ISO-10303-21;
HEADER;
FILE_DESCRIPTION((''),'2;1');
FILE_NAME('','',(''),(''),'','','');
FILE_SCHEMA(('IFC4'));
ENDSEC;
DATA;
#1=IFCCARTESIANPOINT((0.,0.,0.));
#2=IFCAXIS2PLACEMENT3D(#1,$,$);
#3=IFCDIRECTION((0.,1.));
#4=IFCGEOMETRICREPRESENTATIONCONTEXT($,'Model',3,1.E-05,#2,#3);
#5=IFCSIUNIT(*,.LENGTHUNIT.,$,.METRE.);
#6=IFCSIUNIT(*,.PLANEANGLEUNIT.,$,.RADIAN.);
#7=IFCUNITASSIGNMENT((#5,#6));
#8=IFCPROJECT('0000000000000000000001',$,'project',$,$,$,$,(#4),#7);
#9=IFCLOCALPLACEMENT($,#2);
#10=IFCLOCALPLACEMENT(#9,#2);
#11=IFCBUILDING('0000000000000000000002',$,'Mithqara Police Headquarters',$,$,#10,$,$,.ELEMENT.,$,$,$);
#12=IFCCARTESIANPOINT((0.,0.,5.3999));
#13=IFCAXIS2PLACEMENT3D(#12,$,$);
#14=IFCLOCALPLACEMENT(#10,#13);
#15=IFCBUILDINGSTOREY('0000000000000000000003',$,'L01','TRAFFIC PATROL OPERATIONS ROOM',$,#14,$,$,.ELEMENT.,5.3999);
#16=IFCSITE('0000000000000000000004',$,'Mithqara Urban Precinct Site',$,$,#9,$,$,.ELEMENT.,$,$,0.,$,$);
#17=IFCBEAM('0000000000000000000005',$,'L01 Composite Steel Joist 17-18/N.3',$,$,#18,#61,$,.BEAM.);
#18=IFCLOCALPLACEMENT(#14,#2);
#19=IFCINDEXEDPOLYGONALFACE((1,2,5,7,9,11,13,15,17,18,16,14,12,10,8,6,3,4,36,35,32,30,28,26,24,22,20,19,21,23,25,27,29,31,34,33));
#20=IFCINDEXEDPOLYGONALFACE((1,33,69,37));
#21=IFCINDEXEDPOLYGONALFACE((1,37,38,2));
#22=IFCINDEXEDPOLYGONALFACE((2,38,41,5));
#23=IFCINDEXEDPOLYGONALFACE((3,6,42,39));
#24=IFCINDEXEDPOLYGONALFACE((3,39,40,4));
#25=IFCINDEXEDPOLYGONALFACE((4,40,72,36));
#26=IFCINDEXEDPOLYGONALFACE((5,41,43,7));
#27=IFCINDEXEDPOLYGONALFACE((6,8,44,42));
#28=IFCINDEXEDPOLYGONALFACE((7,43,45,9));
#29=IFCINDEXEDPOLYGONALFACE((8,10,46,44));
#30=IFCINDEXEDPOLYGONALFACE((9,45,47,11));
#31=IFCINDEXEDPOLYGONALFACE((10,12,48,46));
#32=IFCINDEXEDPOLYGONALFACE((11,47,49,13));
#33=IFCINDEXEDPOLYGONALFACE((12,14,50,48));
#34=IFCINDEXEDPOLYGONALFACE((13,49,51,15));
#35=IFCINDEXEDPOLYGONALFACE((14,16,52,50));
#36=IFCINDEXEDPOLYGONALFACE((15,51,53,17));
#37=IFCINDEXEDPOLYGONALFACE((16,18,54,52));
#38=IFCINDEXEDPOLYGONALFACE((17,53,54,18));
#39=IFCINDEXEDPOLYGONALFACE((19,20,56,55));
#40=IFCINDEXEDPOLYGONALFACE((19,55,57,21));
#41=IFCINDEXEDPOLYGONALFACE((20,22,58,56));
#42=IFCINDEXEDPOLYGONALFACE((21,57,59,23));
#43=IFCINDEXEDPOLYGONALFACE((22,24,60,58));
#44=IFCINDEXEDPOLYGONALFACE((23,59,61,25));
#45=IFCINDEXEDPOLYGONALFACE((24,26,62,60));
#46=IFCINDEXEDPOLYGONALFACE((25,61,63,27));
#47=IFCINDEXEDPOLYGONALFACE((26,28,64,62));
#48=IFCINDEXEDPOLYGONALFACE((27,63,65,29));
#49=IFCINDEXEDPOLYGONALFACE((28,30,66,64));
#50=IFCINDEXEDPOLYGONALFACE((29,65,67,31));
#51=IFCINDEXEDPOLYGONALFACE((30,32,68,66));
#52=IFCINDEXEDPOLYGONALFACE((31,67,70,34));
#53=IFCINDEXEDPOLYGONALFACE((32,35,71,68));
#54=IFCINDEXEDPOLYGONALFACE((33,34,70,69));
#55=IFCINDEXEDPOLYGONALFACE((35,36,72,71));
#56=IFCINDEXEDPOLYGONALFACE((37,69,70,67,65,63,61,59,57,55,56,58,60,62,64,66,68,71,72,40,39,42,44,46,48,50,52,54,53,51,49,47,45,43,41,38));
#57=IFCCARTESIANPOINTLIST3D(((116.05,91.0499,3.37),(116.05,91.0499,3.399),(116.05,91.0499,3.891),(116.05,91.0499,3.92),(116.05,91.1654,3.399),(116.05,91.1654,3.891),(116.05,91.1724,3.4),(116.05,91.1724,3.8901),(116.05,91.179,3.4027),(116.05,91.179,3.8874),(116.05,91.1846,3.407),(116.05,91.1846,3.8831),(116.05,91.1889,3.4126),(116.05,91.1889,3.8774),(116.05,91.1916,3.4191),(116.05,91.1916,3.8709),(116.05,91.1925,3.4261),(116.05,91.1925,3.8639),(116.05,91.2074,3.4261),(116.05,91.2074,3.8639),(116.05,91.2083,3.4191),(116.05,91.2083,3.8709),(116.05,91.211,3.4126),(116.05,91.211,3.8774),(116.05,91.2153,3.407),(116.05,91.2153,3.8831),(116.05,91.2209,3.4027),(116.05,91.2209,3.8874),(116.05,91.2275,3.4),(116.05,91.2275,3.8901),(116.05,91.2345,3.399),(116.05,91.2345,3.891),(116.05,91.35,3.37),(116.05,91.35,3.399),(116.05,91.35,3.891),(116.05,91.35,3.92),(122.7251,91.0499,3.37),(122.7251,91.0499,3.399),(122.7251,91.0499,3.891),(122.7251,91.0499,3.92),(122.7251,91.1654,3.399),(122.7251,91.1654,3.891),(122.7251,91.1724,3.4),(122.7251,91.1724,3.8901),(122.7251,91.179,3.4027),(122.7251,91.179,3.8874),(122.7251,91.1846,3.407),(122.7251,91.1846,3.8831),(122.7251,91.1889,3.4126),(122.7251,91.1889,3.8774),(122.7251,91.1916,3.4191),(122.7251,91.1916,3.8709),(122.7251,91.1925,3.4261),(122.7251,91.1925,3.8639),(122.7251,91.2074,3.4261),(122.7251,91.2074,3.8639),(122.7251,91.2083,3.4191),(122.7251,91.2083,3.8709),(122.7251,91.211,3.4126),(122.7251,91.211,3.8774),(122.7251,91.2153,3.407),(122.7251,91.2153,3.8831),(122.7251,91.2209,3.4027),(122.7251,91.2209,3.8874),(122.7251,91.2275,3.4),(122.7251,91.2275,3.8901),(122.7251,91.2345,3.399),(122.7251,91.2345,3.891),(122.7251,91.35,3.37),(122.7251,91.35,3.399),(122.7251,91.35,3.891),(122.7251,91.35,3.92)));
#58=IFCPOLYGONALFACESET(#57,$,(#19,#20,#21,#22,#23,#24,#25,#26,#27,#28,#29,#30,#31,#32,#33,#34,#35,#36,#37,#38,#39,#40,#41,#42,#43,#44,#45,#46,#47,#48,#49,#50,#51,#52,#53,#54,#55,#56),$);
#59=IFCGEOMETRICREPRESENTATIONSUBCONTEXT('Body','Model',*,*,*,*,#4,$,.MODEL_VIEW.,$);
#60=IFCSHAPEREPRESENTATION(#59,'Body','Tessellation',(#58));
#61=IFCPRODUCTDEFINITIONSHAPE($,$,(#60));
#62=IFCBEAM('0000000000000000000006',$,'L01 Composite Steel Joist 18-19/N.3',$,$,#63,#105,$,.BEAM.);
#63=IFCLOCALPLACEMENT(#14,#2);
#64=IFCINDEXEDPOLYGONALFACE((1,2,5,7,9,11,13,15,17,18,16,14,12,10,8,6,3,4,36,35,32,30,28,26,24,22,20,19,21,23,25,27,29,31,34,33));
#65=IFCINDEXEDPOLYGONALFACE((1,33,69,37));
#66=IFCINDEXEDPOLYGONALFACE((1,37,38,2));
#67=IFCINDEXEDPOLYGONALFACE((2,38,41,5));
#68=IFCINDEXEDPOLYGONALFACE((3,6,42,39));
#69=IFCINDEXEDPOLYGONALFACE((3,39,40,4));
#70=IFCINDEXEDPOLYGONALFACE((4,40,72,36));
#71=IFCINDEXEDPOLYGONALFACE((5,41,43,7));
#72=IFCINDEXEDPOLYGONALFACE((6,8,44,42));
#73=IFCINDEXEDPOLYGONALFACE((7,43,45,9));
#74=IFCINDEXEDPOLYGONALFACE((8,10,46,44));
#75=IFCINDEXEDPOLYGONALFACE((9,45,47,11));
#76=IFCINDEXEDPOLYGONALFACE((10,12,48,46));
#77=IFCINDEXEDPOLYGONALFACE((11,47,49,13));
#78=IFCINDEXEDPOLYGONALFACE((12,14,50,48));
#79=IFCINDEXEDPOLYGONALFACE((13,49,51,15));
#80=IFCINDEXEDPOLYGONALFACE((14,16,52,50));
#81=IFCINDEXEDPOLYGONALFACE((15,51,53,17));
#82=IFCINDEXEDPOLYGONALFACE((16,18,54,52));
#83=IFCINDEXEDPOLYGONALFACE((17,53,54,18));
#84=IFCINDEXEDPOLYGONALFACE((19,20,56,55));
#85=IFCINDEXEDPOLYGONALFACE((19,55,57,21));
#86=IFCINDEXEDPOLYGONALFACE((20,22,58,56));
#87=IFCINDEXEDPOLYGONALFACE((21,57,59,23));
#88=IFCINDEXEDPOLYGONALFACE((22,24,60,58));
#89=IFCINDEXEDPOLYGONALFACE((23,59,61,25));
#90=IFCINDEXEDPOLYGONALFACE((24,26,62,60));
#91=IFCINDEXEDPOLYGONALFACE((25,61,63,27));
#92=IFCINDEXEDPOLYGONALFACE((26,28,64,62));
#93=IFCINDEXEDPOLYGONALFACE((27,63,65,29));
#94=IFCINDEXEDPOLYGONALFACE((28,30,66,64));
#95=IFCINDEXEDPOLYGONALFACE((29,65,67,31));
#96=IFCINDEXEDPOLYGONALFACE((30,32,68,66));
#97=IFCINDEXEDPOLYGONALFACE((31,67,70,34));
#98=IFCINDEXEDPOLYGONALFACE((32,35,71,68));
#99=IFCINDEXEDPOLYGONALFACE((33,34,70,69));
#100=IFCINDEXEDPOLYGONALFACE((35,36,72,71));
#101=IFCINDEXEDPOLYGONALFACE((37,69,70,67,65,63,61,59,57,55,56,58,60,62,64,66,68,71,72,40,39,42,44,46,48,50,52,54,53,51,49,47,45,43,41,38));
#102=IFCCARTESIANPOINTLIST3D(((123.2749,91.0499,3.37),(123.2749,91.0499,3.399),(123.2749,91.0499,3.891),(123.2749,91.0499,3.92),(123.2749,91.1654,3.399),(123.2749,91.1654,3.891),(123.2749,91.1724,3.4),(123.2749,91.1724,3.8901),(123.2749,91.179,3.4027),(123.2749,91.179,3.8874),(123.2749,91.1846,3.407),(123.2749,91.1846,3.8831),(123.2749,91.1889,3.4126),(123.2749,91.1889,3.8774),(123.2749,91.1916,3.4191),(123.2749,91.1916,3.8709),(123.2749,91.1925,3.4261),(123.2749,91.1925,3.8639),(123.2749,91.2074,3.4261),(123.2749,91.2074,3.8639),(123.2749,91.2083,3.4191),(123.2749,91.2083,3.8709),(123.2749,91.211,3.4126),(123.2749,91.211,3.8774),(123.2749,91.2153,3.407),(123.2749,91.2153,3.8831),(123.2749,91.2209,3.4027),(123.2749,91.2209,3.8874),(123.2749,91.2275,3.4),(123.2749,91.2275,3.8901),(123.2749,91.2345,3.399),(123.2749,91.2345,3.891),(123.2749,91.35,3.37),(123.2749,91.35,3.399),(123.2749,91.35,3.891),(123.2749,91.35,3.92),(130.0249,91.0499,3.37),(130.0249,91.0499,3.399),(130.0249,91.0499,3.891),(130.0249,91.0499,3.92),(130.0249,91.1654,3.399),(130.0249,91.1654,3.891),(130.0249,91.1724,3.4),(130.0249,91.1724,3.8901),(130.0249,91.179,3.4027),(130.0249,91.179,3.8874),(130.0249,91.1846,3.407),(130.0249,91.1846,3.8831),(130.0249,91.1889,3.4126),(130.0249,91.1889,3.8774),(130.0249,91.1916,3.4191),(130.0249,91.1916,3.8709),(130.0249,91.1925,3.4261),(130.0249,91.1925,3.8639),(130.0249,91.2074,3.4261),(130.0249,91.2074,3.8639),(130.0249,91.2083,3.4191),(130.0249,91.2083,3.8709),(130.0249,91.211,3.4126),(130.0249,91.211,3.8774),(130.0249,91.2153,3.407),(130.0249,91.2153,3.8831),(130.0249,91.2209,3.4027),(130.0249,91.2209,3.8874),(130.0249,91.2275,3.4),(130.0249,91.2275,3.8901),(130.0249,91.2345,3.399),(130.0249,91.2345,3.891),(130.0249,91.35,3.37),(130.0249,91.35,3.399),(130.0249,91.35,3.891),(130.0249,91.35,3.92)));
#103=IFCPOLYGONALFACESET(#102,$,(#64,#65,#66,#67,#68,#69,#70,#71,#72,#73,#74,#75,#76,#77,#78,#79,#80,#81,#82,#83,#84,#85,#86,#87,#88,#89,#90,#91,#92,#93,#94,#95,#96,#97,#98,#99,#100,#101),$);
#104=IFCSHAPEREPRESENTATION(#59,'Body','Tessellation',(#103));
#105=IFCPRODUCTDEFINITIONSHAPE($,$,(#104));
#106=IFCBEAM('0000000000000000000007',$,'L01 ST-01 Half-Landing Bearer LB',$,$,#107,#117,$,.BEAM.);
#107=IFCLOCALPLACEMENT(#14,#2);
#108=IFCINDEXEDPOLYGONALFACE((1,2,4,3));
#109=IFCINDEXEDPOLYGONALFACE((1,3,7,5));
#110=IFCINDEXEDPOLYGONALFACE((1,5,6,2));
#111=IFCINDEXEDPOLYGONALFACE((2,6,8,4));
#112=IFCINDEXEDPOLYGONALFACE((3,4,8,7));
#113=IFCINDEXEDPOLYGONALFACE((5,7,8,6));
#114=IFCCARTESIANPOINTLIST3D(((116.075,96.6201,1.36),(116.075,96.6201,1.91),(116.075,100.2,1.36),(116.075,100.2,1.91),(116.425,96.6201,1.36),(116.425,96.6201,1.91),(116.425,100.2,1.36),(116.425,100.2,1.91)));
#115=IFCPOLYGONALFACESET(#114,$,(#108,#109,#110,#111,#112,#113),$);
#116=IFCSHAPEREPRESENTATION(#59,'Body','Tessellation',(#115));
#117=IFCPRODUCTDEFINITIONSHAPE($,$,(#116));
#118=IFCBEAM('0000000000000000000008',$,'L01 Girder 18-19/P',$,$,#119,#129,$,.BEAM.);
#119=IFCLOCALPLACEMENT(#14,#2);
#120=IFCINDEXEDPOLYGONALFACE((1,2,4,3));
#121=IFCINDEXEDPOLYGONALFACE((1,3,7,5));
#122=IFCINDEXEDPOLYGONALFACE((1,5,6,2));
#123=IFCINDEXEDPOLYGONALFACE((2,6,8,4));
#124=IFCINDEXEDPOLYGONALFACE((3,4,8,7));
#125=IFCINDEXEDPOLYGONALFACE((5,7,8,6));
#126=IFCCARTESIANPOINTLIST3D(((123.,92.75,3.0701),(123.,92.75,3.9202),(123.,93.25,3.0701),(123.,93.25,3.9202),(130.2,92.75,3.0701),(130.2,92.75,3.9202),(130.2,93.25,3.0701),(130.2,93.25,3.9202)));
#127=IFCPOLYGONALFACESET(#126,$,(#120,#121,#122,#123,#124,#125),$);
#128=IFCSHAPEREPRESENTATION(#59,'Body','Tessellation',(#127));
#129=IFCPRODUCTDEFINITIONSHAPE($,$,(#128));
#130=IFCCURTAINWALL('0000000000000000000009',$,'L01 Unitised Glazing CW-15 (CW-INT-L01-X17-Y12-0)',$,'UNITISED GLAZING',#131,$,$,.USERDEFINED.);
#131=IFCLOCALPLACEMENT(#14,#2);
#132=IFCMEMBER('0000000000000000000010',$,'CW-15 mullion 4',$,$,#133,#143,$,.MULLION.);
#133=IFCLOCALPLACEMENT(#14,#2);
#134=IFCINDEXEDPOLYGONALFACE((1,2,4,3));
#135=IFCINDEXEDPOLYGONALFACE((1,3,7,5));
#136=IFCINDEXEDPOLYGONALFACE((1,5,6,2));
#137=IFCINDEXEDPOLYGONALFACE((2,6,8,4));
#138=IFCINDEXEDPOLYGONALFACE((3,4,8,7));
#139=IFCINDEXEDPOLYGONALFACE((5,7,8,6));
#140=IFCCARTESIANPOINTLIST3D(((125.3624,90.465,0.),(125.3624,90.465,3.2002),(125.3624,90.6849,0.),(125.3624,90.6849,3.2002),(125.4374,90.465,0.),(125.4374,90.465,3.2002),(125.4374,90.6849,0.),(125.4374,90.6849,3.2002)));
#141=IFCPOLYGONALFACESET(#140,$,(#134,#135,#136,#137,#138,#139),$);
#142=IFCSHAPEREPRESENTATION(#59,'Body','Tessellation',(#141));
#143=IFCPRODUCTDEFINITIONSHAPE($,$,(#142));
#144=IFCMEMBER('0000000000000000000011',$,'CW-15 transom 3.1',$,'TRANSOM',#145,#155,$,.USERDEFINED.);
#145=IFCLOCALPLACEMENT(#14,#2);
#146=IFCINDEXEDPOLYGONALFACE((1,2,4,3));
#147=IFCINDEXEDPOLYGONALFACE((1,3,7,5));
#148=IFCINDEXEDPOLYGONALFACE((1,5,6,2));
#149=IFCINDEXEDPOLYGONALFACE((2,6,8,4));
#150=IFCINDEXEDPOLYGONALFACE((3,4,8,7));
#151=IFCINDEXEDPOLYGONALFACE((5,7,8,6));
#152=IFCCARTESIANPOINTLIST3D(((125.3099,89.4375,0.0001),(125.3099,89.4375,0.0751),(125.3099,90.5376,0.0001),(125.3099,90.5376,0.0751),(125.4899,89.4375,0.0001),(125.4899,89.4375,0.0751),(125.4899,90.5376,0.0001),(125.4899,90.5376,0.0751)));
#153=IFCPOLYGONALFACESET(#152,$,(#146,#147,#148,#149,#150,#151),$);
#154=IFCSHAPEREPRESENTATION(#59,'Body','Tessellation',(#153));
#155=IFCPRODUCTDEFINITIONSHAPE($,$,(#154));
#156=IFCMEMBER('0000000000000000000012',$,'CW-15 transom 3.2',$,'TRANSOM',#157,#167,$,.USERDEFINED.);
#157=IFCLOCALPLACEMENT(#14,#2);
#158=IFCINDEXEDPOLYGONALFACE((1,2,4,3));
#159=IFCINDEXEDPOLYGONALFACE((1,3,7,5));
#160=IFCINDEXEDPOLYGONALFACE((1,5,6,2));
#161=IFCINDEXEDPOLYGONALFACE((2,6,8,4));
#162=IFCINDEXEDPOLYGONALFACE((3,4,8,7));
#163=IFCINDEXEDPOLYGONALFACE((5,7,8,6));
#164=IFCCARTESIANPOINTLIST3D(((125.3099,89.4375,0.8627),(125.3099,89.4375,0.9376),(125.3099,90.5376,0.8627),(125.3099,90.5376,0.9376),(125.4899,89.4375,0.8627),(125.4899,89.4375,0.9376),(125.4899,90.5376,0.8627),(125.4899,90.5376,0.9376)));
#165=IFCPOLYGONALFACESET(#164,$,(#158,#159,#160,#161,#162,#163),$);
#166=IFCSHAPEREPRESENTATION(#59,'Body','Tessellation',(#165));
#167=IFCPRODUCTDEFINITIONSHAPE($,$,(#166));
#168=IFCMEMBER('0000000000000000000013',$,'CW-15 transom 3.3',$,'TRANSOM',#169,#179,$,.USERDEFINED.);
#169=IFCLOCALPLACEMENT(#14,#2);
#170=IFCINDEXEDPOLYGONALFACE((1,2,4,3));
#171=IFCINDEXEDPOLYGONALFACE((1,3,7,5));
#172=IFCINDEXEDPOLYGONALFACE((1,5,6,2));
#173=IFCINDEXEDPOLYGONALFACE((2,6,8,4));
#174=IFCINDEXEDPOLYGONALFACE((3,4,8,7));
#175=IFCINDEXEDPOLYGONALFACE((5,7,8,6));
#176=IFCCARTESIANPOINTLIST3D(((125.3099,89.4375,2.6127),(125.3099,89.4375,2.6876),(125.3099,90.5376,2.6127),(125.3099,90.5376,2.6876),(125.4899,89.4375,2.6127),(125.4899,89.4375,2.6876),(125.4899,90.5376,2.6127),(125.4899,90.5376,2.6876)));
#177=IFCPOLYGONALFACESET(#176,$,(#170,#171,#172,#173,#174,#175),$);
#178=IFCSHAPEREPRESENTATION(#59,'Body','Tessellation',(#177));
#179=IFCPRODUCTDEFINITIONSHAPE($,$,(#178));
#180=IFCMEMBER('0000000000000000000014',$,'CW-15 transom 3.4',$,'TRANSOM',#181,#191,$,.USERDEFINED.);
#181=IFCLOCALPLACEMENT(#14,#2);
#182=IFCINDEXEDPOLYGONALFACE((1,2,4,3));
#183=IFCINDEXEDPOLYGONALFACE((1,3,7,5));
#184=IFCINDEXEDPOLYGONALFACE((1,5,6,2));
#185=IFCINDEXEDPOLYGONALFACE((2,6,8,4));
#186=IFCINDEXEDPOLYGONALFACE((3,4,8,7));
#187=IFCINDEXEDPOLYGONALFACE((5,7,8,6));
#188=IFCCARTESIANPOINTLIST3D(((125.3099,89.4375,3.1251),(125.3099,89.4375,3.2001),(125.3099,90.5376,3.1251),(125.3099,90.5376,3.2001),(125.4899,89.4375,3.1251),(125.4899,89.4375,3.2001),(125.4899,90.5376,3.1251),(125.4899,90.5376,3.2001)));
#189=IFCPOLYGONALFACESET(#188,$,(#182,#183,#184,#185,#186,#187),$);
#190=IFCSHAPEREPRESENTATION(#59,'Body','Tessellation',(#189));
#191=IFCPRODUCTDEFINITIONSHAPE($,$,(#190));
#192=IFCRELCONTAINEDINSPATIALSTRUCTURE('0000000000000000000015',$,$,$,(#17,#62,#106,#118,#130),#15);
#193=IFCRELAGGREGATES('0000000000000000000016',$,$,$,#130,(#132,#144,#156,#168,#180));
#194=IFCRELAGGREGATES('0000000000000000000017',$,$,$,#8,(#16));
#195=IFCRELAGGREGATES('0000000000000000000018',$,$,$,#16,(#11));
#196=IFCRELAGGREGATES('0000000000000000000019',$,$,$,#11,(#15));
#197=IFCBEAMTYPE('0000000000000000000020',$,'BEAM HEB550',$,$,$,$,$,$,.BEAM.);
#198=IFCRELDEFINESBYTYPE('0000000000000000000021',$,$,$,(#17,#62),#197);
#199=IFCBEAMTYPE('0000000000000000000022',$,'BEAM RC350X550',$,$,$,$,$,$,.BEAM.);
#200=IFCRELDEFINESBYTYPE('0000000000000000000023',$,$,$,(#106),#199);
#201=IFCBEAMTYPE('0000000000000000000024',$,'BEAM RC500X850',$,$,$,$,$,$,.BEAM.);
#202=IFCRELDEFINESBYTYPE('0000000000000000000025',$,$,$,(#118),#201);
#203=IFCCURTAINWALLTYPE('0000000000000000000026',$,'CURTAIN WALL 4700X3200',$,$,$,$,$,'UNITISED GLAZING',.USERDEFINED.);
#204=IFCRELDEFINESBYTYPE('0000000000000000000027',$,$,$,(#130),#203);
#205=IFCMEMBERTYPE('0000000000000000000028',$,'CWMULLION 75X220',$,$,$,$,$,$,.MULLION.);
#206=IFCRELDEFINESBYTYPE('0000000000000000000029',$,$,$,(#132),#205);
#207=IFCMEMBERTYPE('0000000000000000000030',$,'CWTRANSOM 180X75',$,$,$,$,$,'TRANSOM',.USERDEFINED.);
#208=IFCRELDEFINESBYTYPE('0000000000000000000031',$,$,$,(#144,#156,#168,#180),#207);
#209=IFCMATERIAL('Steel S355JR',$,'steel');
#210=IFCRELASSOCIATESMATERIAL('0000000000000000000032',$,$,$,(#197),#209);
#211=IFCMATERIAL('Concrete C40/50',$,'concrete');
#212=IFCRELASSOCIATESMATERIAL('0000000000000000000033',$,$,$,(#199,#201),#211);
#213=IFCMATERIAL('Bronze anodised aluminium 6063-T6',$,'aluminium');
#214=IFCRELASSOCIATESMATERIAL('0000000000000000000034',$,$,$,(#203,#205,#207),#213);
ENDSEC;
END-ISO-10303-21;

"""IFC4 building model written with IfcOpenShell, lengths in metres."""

from ifc_helpers import new_model, si_unit, direction, frame, origin, origin_2d, place, context, subcontext, project, spatial, rectangle, i_section, extrude, material, material_profile, profile_set, type_object, element, aggregate, save


model = new_model("IFC4")

# Units and contexts
model_context = context("Model", 3, precision=1e-05, world=origin(), true_north=direction((0.0, 1.0)))
body_context = subcontext(model_context, "Body", "Model", "MODEL_VIEW")
ifc_project = project(units=[si_unit("LENGTHUNIT", "METRE"), si_unit("PLANEANGLEUNIT", "RADIAN")], contexts=[model_context])

# Site, building, storey
site_placement = place(None, origin())
site = spatial("IfcSite", under=ifc_project, at=site_placement, Name="Mithqara Urban Precinct Site", CompositionType="ELEMENT", RefElevation=0.0)
building_placement = place(site_placement, origin())
building = spatial("IfcBuilding", under=site, at=building_placement, Name="Mithqara Police Headquarters", CompositionType="ELEMENT")
storey_placement = place(building_placement, frame((0.0, 0.0, 5.3999)))
storey = spatial("IfcBuildingStorey", under=building, at=storey_placement, Name="L01", Description="TRAFFIC PATROL OPERATIONS ROOM", CompositionType="ELEMENT", Elevation=5.3999)

# Beams
ifc_material_1 = material(Name="Steel S355JR", Category="steel")
ifc_material_profile_1 = material_profile(ifc_material_1, i_section(OverallWidth=0.3, OverallDepth=0.55, WebThickness=0.0149, FlangeThickness=0.0291, FilletRadius=0.0271, at=origin_2d()), Name="HEB 550")
ifc_profile_set_1 = profile_set([ifc_material_profile_1], Name="Steel S355JR")
beam_type_1 = type_object("IfcBeamType", Name="BEAM HEB550", PredefinedType="BEAM", material=ifc_profile_set_1)
beam_1_placement = place(storey_placement, frame((116.05, 91.2, 3.645), z_axis=(1.0, 0.0, 0.0), x_axis=(0.0, 1.0, 0.0)))
element("IfcBeam", 1, at=beam_1_placement, inside=storey, type_object=beam_type_1, Name="L01 Composite Steel Joist 17-18/N.3", PredefinedType="BEAM", context=body_context, shape_type="SweptSolid", body=[
    extrude(i_section(OverallWidth=0.3, OverallDepth=0.55, WebThickness=0.0149, FlangeThickness=0.0291, FilletRadius=0.0271, at=origin_2d()), origin(), (0.0, 0.0, 1.0), 6.675),
])
beam_2_placement = place(storey_placement, frame((123.2749, 91.2, 3.645), z_axis=(1.0, 0.0, 0.0), x_axis=(0.0, 1.0, 0.0)))
element("IfcBeam", 2, at=beam_2_placement, inside=storey, type_object=beam_type_1, Name="L01 Composite Steel Joist 18-19/N.3", PredefinedType="BEAM", context=body_context, shape_type="SweptSolid", body=[
    extrude(i_section(OverallWidth=0.3, OverallDepth=0.55, WebThickness=0.0149, FlangeThickness=0.0291, FilletRadius=0.0271, at=origin_2d()), origin(), (0.0, 0.0, 1.0), 6.75),
])
ifc_material_2 = material(Name="Concrete C40/50", Category="concrete")
ifc_material_profile_2 = material_profile(ifc_material_2, rectangle(XDim=0.3501, YDim=0.55, at=origin_2d()), Name="RC 350x550")
ifc_profile_set_2 = profile_set([ifc_material_profile_2], Name="Concrete C40/50")
beam_type_2 = type_object("IfcBeamType", Name="BEAM RC350X550", PredefinedType="BEAM", material=ifc_profile_set_2)
beam_3_placement = place(storey_placement, frame((116.25, 96.6201, 1.635), z_axis=(0.0, 1.0, 0.0), x_axis=(-1.0, 0.0, 0.0)))
element("IfcBeam", 3, at=beam_3_placement, inside=storey, type_object=beam_type_2, Name="L01 ST-01 Half-Landing Bearer LB", PredefinedType="BEAM", context=body_context, shape_type="SweptSolid", body=[
    extrude(rectangle(XDim=0.3501, YDim=0.55, at=origin_2d()), origin(), (0.0, 0.0, 1.0), 3.5798),
])
ifc_material_profile_3 = material_profile(ifc_material_2, rectangle(XDim=0.5, YDim=0.8501, at=origin_2d()), Name="RC 500x850")
ifc_profile_set_3 = profile_set([ifc_material_profile_3], Name="Concrete C40/50")
beam_type_3 = type_object("IfcBeamType", Name="BEAM RC500X850", PredefinedType="BEAM", material=ifc_profile_set_3)
beam_4_placement = place(storey_placement, frame((123.0, 93.0, 3.4951), z_axis=(1.0, 0.0, 0.0), x_axis=(0.0, 1.0, 0.0)))
element("IfcBeam", 4, at=beam_4_placement, inside=storey, type_object=beam_type_3, Name="L01 Girder 18-19/P", PredefinedType="BEAM", context=body_context, shape_type="SweptSolid", body=[
    extrude(rectangle(XDim=0.5, YDim=0.8501, at=origin_2d()), origin(), (0.0, 0.0, 1.0), 7.2),
])

# Curtain wall, members
ifc_material_3 = material(Name="Bronze anodised aluminium 6063-T6", Category="aluminium")
curtain_wall_type = type_object("IfcCurtainWallType", Name="CURTAIN WALL 4700X3200", ElementType="UNITISED GLAZING", PredefinedType="USERDEFINED", material=ifc_material_3)
curtain_wall_placement = place(storey_placement, origin())
curtain_wall = element("IfcCurtainWall", 5, at=curtain_wall_placement, inside=storey, type_object=curtain_wall_type, Name="L01 Unitised Glazing CW-15 (CW-INT-L01-X17-Y12-0)", ObjectType="UNITISED GLAZING", PredefinedType="USERDEFINED")
ifc_material_profile_4 = material_profile(ifc_material_3, rectangle(XDim=0.075, YDim=0.22, at=origin_2d()), Name="CWM 75x220")
ifc_profile_set_4 = profile_set([ifc_material_profile_4], Name="Bronze anodised aluminium 6063-T6")
member_type_1 = type_object("IfcMemberType", Name="CWMULLION 75X220", PredefinedType="MULLION", material=ifc_profile_set_4)
member_1_placement = place(storey_placement, frame((125.3999, 90.575, 0.0), z_axis=(0.0, 0.0, 1.0), x_axis=(-1.0, 0.0, 0.0)))
member_1 = element("IfcMember", 6, at=member_1_placement, type_object=member_type_1, Name="CW-15 mullion 4", PredefinedType="MULLION", context=body_context, shape_type="SweptSolid", body=[
    extrude(rectangle(XDim=0.075, YDim=0.22, at=origin_2d()), origin(), (0.0, 0.0, 1.0), 3.2002),
])
ifc_material_profile_5 = material_profile(ifc_material_3, rectangle(XDim=0.1799, YDim=0.075, at=origin_2d()), Name="CWT 180x75")
ifc_profile_set_5 = profile_set([ifc_material_profile_5], Name="Bronze anodised aluminium 6063-T6")
member_type_2 = type_object("IfcMemberType", Name="CWTRANSOM 180X75", ElementType="TRANSOM", PredefinedType="USERDEFINED", material=ifc_profile_set_5)
member_2_placement = place(storey_placement, frame((125.3999, 89.4375, 0.0376), z_axis=(0.0, 1.0, 0.0), x_axis=(-1.0, 0.0, 0.0)))
member_2 = element("IfcMember", 7, at=member_2_placement, type_object=member_type_2, Name="CW-15 transom 3.1", ObjectType="TRANSOM", PredefinedType="USERDEFINED", context=body_context, shape_type="SweptSolid", body=[
    extrude(rectangle(XDim=0.1799, YDim=0.075, at=origin_2d()), origin(), (0.0, 0.0, 1.0), 1.1001),
])
member_3_placement = place(storey_placement, frame((125.3999, 89.4375, 0.9001), z_axis=(0.0, 1.0, 0.0), x_axis=(-1.0, 0.0, 0.0)))
member_3 = element("IfcMember", 8, at=member_3_placement, type_object=member_type_2, Name="CW-15 transom 3.2", ObjectType="TRANSOM", PredefinedType="USERDEFINED", context=body_context, shape_type="SweptSolid", body=[
    extrude(rectangle(XDim=0.1799, YDim=0.075, at=origin_2d()), origin(), (0.0, 0.0, 1.0), 1.1001),
])
member_4_placement = place(storey_placement, frame((125.3999, 89.4375, 2.6501), z_axis=(0.0, 1.0, 0.0), x_axis=(-1.0, 0.0, 0.0)))
member_4 = element("IfcMember", 9, at=member_4_placement, type_object=member_type_2, Name="CW-15 transom 3.3", ObjectType="TRANSOM", PredefinedType="USERDEFINED", context=body_context, shape_type="SweptSolid", body=[
    extrude(rectangle(XDim=0.1799, YDim=0.075, at=origin_2d()), origin(), (0.0, 0.0, 1.0), 1.1001),
])
member_5_placement = place(storey_placement, frame((125.3999, 89.4375, 3.1626), z_axis=(0.0, 1.0, 0.0), x_axis=(-1.0, 0.0, 0.0)))
member_5 = element("IfcMember", 10, at=member_5_placement, type_object=member_type_2, Name="CW-15 transom 3.4", ObjectType="TRANSOM", PredefinedType="USERDEFINED", context=body_context, shape_type="SweptSolid", body=[
    extrude(rectangle(XDim=0.1799, YDim=0.075, at=origin_2d()), origin(), (0.0, 0.0, 1.0), 1.1001),
])
aggregate(curtain_wall, [member_1, member_2, member_3, member_4, member_5])

save(model, "model.ifc")
